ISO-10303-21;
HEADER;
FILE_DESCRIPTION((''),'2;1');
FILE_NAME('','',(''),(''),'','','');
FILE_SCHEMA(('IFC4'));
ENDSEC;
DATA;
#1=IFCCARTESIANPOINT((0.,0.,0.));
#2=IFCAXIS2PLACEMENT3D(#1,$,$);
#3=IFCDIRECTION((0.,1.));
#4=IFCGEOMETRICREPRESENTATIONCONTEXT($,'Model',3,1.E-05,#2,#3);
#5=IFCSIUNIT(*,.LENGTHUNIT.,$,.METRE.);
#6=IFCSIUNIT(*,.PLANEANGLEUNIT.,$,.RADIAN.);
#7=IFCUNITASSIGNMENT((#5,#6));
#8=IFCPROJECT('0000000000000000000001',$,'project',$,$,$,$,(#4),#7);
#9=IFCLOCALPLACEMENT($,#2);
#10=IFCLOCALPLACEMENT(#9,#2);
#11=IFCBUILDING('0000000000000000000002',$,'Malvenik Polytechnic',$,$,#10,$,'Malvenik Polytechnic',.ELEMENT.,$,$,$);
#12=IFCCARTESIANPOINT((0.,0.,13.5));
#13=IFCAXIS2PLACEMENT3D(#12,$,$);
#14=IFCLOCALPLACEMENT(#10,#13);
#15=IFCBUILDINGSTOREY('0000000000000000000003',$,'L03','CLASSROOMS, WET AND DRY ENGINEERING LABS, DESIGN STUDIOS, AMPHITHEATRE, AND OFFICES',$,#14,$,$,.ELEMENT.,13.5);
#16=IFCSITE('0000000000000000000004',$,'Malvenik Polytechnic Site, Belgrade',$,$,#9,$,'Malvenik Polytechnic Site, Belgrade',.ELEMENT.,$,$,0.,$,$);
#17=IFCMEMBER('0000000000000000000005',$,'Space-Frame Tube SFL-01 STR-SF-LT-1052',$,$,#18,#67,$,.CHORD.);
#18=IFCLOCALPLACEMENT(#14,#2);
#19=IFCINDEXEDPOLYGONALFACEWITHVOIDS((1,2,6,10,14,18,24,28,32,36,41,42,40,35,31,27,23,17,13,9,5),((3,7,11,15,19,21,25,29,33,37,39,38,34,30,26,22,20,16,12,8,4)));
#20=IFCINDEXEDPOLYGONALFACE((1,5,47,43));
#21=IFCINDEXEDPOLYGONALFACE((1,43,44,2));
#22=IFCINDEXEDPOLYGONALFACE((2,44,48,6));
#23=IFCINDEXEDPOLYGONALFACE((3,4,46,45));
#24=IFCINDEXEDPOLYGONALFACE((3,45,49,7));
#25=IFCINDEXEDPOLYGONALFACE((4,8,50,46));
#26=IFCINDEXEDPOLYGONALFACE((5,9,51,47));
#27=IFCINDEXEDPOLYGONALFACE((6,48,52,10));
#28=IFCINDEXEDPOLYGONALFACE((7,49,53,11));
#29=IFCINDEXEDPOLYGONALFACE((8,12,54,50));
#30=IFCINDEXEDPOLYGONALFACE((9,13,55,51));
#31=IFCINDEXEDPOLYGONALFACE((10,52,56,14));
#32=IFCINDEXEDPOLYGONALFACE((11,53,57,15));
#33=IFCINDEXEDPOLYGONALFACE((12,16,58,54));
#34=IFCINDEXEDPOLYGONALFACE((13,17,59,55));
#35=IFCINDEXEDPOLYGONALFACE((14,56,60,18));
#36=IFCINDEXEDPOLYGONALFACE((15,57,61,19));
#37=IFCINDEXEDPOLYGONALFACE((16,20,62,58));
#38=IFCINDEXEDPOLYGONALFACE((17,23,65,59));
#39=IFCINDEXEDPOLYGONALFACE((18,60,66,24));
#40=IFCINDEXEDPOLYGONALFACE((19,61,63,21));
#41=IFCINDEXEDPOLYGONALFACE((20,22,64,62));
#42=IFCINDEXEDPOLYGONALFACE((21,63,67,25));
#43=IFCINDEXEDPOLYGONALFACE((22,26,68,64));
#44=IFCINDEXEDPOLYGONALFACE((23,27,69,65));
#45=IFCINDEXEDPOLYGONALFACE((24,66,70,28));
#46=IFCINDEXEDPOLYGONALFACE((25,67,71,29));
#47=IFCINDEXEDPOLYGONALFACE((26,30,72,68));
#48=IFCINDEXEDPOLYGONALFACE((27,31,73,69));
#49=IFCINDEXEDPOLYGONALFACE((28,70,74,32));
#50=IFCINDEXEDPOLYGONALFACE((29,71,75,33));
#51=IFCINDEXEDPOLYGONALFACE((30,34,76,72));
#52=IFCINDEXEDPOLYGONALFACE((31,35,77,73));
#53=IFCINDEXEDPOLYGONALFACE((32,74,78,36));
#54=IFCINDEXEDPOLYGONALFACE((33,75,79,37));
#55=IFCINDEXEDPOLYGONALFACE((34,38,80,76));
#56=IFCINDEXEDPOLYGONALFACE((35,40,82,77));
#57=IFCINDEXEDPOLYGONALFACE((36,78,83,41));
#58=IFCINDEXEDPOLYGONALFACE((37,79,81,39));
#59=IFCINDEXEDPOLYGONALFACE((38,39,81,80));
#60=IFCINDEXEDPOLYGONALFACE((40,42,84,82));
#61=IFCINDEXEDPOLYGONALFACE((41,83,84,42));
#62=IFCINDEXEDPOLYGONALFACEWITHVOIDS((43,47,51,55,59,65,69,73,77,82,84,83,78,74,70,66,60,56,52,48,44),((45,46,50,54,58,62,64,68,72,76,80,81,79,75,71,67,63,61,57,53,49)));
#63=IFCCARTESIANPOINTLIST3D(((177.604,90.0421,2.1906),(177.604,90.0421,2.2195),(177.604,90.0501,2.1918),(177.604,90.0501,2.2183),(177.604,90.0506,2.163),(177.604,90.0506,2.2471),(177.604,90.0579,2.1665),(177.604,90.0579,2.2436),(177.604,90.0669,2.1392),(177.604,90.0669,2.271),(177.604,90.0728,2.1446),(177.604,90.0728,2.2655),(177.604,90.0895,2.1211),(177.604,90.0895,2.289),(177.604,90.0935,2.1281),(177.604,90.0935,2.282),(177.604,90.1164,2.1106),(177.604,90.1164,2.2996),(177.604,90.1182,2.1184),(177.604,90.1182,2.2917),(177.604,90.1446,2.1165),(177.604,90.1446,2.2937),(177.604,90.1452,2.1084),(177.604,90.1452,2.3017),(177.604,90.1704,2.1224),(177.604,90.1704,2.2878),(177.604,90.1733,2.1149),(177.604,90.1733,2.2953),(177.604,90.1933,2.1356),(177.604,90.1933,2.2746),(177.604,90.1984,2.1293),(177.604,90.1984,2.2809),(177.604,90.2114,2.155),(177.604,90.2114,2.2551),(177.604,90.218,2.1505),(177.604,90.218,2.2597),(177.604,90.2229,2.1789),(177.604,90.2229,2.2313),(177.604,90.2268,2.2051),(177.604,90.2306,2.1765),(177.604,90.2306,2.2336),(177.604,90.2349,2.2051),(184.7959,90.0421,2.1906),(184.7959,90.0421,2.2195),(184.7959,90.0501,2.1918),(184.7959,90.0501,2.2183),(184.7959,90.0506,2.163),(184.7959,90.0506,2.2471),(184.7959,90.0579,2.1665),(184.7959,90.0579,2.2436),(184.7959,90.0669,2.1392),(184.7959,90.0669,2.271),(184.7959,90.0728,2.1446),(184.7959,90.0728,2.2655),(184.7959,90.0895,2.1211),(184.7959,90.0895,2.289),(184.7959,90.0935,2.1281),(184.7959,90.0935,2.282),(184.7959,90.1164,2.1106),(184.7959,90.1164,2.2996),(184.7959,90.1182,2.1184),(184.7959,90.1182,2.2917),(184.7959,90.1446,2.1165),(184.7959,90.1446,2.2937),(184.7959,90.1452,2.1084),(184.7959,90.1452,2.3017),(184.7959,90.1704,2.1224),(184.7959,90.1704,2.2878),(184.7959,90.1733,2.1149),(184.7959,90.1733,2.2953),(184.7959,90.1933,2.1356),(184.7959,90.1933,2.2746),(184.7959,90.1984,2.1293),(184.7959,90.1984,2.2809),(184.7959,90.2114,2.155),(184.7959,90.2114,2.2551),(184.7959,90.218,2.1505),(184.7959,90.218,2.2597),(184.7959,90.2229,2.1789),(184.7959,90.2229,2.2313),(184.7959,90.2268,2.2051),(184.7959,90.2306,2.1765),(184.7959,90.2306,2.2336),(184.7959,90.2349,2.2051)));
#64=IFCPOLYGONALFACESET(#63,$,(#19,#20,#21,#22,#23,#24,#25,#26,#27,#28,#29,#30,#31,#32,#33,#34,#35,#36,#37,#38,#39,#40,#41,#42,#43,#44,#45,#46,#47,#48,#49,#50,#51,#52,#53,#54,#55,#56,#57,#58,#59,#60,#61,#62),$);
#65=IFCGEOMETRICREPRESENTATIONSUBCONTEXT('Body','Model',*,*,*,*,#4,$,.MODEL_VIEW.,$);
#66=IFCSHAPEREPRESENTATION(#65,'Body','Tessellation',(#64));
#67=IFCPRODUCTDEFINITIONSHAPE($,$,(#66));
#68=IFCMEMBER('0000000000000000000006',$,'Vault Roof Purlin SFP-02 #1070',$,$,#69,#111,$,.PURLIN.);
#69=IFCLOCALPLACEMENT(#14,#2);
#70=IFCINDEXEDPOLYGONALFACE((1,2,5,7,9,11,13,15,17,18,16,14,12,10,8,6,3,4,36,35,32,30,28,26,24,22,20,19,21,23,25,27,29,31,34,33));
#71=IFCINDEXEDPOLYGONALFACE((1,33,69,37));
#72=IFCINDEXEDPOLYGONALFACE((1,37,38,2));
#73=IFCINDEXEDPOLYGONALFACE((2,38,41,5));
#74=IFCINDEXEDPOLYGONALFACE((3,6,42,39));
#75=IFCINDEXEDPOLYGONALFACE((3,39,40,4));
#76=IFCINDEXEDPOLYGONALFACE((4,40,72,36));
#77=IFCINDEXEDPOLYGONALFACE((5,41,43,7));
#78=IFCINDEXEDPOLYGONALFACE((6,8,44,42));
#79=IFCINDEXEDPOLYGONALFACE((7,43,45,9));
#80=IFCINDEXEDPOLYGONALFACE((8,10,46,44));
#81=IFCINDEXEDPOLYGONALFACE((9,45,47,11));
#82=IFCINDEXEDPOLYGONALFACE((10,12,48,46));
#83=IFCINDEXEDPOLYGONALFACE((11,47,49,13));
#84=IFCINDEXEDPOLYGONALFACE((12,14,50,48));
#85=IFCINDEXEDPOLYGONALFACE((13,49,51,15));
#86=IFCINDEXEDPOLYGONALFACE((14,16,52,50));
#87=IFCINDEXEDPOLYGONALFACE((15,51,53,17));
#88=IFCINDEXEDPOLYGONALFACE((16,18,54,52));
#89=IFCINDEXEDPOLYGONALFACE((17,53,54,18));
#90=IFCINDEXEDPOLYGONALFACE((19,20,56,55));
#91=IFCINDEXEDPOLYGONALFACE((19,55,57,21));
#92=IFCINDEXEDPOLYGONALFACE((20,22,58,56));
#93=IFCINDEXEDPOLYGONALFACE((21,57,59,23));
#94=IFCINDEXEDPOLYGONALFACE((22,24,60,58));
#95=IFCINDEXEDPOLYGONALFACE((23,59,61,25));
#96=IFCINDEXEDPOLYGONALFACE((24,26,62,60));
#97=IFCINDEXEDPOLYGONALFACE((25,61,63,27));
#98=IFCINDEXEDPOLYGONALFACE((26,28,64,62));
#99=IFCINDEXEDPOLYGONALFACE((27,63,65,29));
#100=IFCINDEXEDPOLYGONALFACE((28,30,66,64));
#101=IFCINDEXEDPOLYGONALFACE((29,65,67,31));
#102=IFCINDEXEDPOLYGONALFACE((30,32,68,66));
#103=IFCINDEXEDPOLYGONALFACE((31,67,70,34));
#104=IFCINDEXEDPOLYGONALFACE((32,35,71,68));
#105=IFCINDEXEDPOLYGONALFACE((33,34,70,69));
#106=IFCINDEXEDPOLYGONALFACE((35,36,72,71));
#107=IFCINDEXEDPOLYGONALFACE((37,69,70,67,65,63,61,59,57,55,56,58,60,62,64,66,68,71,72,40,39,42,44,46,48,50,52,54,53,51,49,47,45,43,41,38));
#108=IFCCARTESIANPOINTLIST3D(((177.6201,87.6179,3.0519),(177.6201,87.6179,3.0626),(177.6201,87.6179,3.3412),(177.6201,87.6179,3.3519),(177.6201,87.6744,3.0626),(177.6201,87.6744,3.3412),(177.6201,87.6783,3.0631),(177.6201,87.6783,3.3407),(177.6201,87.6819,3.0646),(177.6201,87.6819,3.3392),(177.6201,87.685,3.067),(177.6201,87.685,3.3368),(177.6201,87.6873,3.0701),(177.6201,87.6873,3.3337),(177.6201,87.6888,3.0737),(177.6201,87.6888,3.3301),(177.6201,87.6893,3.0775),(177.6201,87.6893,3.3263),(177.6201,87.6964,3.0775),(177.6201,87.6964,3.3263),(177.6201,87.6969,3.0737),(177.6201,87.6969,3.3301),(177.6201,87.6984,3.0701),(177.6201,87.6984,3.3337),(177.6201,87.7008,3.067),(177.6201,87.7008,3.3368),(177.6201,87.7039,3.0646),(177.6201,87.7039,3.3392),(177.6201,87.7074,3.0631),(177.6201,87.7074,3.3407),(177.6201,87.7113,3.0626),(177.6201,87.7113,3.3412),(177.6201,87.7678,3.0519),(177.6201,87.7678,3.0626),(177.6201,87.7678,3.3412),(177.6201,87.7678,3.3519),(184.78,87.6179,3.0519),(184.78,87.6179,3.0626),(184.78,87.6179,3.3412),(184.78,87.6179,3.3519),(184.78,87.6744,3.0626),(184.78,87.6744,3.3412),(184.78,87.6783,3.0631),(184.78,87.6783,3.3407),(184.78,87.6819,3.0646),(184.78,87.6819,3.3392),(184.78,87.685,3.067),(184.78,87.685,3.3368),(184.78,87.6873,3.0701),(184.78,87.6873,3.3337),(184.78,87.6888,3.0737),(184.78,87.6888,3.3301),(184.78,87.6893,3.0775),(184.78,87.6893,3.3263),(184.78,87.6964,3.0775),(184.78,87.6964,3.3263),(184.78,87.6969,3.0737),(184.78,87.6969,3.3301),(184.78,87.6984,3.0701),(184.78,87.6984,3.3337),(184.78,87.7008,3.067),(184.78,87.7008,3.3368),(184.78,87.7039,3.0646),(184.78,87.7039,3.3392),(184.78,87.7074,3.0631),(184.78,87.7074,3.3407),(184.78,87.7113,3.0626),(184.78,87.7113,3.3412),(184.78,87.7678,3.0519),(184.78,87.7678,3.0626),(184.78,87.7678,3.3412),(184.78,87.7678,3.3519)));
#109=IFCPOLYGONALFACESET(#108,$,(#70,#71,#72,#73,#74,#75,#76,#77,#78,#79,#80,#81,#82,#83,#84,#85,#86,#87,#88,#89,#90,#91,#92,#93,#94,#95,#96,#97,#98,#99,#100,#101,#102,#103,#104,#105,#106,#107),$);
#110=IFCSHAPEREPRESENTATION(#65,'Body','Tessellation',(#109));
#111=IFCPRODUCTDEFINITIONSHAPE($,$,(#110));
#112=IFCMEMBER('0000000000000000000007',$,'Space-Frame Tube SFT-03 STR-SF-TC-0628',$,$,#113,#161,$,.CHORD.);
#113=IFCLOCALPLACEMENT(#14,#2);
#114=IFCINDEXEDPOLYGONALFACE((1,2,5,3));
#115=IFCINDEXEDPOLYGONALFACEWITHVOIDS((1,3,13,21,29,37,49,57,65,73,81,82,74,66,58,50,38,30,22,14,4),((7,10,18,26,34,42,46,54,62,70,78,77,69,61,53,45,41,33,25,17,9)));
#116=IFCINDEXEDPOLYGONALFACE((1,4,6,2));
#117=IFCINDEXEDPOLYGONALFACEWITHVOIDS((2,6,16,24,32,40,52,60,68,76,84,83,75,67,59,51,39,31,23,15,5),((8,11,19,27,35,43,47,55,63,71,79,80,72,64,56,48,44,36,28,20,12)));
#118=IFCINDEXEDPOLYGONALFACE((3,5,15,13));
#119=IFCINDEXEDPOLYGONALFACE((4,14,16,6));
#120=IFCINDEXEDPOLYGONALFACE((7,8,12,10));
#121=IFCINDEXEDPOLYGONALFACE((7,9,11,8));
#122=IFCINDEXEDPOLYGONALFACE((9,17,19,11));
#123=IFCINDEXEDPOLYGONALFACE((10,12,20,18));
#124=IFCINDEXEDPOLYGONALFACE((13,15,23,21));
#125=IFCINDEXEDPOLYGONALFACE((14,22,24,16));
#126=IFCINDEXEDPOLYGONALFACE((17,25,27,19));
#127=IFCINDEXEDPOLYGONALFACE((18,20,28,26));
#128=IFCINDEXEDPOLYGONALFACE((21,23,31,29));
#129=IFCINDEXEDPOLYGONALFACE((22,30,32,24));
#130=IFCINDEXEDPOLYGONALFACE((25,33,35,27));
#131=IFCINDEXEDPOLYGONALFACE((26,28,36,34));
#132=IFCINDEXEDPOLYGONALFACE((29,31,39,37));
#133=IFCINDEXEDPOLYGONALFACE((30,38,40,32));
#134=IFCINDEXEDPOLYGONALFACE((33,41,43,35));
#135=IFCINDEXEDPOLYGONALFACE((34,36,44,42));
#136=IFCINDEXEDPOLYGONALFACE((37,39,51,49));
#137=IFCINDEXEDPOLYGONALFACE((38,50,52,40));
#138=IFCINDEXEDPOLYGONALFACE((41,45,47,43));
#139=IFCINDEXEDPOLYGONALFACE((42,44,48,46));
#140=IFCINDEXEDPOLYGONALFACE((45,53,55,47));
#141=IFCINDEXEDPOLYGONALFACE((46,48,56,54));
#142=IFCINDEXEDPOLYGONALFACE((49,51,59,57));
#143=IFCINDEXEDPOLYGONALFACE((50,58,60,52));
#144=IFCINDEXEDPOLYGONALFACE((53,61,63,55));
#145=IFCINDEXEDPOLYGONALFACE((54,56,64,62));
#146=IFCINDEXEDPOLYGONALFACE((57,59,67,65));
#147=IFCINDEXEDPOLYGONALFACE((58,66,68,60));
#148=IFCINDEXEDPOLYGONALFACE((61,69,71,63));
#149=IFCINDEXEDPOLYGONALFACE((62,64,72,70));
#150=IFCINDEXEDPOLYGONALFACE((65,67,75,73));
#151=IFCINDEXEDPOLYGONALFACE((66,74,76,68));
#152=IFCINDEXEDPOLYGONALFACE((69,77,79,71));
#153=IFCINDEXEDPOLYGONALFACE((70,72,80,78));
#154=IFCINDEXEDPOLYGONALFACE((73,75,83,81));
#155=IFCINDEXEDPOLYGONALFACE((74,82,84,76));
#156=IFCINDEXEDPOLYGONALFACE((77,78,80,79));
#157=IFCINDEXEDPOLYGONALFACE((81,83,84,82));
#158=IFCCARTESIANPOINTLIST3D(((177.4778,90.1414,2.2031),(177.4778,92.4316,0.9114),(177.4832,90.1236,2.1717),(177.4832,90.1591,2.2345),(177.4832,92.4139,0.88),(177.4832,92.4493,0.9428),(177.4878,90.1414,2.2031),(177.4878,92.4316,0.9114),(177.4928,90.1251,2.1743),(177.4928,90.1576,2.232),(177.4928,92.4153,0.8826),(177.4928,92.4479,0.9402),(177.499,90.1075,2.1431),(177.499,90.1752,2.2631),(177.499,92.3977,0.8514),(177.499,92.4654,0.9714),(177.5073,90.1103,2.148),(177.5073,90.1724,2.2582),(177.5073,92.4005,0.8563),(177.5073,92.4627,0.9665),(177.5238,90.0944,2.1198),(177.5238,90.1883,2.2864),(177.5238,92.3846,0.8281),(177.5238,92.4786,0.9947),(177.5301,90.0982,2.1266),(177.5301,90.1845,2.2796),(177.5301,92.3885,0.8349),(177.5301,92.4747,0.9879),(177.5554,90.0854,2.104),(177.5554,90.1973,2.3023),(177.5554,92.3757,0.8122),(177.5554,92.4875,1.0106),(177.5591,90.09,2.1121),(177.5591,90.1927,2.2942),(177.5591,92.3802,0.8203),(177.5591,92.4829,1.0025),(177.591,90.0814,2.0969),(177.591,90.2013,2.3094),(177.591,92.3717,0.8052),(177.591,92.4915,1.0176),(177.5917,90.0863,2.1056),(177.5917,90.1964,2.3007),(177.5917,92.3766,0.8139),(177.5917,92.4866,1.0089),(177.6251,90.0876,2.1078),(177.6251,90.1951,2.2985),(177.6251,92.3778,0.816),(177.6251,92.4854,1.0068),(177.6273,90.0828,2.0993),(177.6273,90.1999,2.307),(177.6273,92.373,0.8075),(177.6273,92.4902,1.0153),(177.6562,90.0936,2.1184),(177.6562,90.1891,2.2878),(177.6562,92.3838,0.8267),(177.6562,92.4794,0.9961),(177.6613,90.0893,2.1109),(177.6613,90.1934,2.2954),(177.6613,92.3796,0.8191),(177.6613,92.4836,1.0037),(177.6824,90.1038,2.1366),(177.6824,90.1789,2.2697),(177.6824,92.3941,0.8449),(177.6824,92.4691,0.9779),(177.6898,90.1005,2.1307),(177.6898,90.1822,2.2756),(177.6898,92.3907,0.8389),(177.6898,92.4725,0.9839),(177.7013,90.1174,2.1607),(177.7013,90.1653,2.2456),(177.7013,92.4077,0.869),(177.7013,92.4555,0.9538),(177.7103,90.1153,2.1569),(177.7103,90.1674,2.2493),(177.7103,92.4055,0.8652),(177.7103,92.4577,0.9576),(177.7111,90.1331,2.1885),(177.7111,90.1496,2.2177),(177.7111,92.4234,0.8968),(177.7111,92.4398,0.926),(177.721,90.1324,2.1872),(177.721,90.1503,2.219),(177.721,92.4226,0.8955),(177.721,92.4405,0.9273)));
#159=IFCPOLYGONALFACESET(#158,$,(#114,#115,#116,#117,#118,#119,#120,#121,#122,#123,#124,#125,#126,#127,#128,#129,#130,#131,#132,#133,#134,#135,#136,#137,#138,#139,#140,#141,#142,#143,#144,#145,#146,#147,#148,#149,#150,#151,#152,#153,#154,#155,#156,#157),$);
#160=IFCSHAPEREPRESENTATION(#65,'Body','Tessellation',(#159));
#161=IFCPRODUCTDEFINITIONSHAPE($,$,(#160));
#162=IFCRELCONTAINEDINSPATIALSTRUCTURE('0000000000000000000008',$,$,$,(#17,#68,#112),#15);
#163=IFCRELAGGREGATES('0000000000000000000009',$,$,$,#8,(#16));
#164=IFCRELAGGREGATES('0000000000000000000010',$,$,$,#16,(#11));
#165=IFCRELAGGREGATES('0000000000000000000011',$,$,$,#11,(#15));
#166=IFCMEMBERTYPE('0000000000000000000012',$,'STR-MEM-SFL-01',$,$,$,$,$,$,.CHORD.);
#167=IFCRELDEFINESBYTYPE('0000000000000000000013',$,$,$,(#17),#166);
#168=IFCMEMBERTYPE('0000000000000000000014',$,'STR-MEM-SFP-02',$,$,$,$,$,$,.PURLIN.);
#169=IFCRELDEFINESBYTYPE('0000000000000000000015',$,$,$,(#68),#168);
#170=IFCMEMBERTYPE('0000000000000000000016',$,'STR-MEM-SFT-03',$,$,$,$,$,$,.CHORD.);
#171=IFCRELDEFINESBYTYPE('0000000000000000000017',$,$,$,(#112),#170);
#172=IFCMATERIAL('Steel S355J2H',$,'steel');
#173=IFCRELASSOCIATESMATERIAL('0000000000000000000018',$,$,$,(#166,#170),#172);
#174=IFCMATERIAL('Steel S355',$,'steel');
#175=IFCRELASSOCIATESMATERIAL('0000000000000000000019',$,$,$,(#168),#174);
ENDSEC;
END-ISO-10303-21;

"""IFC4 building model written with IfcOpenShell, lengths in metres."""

from ifc_helpers import new_model, si_unit, direction, frame, origin, origin_2d, place, context, subcontext, project, spatial, hollow_circle, i_section, extrude, material, material_profile, profile_set, type_object, element, save


model = new_model("IFC4")

# Units and contexts
model_context = context("Model", 3, precision=1e-05, world=origin(), true_north=direction((0.0, 1.0)))
body_context = subcontext(model_context, "Body", "Model", "MODEL_VIEW")
ifc_project = project(units=[si_unit("LENGTHUNIT", "METRE"), si_unit("PLANEANGLEUNIT", "RADIAN")], contexts=[model_context])

# Site, building, storey
site_placement = place(None, origin())
site = spatial("IfcSite", under=ifc_project, at=site_placement, Name="Malvenik Polytechnic Site, Belgrade", LongName="Malvenik Polytechnic Site, Belgrade", CompositionType="ELEMENT", RefElevation=0.0)
building_placement = place(site_placement, origin())
building = spatial("IfcBuilding", under=site, at=building_placement, Name="Malvenik Polytechnic", LongName="Malvenik Polytechnic", CompositionType="ELEMENT")
storey_placement = place(building_placement, frame((0.0, 0.0, 13.5)))
storey = spatial("IfcBuildingStorey", under=building, at=storey_placement, Name="L03", Description="CLASSROOMS, WET AND DRY ENGINEERING LABS, DESIGN STUDIOS, AMPHITHEATRE, AND OFFICES", CompositionType="ELEMENT", Elevation=13.5)

# Members
ifc_material_1 = material(Name="Steel S355J2H", Category="steel")
ifc_material_profile_1 = material_profile(ifc_material_1, hollow_circle(Radius=0.0969, WallThickness=0.0081, at=origin_2d()), Name="CHS 193.7x8.0")
ifc_profile_set_1 = profile_set([ifc_material_profile_1], Name="Steel S355J2H")
member_type_1 = type_object("IfcMemberType", Name="STR-MEM-SFL-01", PredefinedType="CHORD", material=ifc_profile_set_1)
for number, where, z_axis, x_axis, name in (
    (1, (177.604, 90.1379, 2.2051), (1.0, 0.0, 0.0), (0.0, 1.0, 0.0), "Space-Frame Tube SFL-01 STR-SF-LT-1052"),
):
    element("IfcMember", number, at=place(storey_placement, frame(where, z_axis=z_axis, x_axis=x_axis)), inside=storey, type_object=member_type_1, Name=name, PredefinedType="CHORD", context=body_context, shape_type="SweptSolid", body=[
        extrude(hollow_circle(Radius=0.0969, WallThickness=0.0081, at=origin_2d()), origin(), (0.0, 0.0, 1.0), 7.1919),
    ])
ifc_material_2 = material(Name="Steel S355", Category="steel")
ifc_material_profile_2 = material_profile(ifc_material_2, i_section(OverallWidth=0.1499, OverallDepth=0.3, WebThickness=0.0071, FlangeThickness=0.0107, FilletRadius=0.0149, at=origin_2d()), Name="IPE 300")
ifc_profile_set_2 = profile_set([ifc_material_profile_2], Name="Steel S355")
member_type_2 = type_object("IfcMemberType", Name="STR-MEM-SFP-02", PredefinedType="PURLIN", material=ifc_profile_set_2)
member_1_placement = place(storey_placement, frame((177.6201, 87.6929, 3.2019), z_axis=(1.0, 0.0, 0.0), x_axis=(0.0, 1.0, 0.0)))
element("IfcMember", 2, at=member_1_placement, inside=storey, type_object=member_type_2, Name="Vault Roof Purlin SFP-02 #1070", PredefinedType="PURLIN", context=body_context, shape_type="SweptSolid", body=[
    extrude(i_section(OverallWidth=0.1499, OverallDepth=0.3, WebThickness=0.0071, FlangeThickness=0.0107, FilletRadius=0.0149, at=origin_2d()), origin(), (0.0, 0.0, 1.0), 7.1599),
])
ifc_material_profile_3 = material_profile(ifc_material_1, hollow_circle(Radius=0.1223, WallThickness=0.01, at=origin_2d()), Name="CHS 244.5x10.0")
ifc_profile_set_3 = profile_set([ifc_material_profile_3], Name="Steel S355J2H")
member_type_3 = type_object("IfcMemberType", Name="STR-MEM-SFT-03", PredefinedType="CHORD", material=ifc_profile_set_3)
member_2_placement = place(storey_placement, frame((177.6001, 90.1414, 2.2031), z_axis=(0.0, 0.871012, -0.491262), x_axis=(-1.0, 0.0, 0.0)))
element("IfcMember", 3, at=member_2_placement, inside=storey, type_object=member_type_3, Name="Space-Frame Tube SFT-03 STR-SF-TC-0628", PredefinedType="CHORD", context=body_context, shape_type="SweptSolid", body=[
    extrude(hollow_circle(Radius=0.1223, WallThickness=0.01, at=origin_2d()), origin(), (0.0, 0.0, 1.0), 2.6294),
])

save(model, "model.ifc")
